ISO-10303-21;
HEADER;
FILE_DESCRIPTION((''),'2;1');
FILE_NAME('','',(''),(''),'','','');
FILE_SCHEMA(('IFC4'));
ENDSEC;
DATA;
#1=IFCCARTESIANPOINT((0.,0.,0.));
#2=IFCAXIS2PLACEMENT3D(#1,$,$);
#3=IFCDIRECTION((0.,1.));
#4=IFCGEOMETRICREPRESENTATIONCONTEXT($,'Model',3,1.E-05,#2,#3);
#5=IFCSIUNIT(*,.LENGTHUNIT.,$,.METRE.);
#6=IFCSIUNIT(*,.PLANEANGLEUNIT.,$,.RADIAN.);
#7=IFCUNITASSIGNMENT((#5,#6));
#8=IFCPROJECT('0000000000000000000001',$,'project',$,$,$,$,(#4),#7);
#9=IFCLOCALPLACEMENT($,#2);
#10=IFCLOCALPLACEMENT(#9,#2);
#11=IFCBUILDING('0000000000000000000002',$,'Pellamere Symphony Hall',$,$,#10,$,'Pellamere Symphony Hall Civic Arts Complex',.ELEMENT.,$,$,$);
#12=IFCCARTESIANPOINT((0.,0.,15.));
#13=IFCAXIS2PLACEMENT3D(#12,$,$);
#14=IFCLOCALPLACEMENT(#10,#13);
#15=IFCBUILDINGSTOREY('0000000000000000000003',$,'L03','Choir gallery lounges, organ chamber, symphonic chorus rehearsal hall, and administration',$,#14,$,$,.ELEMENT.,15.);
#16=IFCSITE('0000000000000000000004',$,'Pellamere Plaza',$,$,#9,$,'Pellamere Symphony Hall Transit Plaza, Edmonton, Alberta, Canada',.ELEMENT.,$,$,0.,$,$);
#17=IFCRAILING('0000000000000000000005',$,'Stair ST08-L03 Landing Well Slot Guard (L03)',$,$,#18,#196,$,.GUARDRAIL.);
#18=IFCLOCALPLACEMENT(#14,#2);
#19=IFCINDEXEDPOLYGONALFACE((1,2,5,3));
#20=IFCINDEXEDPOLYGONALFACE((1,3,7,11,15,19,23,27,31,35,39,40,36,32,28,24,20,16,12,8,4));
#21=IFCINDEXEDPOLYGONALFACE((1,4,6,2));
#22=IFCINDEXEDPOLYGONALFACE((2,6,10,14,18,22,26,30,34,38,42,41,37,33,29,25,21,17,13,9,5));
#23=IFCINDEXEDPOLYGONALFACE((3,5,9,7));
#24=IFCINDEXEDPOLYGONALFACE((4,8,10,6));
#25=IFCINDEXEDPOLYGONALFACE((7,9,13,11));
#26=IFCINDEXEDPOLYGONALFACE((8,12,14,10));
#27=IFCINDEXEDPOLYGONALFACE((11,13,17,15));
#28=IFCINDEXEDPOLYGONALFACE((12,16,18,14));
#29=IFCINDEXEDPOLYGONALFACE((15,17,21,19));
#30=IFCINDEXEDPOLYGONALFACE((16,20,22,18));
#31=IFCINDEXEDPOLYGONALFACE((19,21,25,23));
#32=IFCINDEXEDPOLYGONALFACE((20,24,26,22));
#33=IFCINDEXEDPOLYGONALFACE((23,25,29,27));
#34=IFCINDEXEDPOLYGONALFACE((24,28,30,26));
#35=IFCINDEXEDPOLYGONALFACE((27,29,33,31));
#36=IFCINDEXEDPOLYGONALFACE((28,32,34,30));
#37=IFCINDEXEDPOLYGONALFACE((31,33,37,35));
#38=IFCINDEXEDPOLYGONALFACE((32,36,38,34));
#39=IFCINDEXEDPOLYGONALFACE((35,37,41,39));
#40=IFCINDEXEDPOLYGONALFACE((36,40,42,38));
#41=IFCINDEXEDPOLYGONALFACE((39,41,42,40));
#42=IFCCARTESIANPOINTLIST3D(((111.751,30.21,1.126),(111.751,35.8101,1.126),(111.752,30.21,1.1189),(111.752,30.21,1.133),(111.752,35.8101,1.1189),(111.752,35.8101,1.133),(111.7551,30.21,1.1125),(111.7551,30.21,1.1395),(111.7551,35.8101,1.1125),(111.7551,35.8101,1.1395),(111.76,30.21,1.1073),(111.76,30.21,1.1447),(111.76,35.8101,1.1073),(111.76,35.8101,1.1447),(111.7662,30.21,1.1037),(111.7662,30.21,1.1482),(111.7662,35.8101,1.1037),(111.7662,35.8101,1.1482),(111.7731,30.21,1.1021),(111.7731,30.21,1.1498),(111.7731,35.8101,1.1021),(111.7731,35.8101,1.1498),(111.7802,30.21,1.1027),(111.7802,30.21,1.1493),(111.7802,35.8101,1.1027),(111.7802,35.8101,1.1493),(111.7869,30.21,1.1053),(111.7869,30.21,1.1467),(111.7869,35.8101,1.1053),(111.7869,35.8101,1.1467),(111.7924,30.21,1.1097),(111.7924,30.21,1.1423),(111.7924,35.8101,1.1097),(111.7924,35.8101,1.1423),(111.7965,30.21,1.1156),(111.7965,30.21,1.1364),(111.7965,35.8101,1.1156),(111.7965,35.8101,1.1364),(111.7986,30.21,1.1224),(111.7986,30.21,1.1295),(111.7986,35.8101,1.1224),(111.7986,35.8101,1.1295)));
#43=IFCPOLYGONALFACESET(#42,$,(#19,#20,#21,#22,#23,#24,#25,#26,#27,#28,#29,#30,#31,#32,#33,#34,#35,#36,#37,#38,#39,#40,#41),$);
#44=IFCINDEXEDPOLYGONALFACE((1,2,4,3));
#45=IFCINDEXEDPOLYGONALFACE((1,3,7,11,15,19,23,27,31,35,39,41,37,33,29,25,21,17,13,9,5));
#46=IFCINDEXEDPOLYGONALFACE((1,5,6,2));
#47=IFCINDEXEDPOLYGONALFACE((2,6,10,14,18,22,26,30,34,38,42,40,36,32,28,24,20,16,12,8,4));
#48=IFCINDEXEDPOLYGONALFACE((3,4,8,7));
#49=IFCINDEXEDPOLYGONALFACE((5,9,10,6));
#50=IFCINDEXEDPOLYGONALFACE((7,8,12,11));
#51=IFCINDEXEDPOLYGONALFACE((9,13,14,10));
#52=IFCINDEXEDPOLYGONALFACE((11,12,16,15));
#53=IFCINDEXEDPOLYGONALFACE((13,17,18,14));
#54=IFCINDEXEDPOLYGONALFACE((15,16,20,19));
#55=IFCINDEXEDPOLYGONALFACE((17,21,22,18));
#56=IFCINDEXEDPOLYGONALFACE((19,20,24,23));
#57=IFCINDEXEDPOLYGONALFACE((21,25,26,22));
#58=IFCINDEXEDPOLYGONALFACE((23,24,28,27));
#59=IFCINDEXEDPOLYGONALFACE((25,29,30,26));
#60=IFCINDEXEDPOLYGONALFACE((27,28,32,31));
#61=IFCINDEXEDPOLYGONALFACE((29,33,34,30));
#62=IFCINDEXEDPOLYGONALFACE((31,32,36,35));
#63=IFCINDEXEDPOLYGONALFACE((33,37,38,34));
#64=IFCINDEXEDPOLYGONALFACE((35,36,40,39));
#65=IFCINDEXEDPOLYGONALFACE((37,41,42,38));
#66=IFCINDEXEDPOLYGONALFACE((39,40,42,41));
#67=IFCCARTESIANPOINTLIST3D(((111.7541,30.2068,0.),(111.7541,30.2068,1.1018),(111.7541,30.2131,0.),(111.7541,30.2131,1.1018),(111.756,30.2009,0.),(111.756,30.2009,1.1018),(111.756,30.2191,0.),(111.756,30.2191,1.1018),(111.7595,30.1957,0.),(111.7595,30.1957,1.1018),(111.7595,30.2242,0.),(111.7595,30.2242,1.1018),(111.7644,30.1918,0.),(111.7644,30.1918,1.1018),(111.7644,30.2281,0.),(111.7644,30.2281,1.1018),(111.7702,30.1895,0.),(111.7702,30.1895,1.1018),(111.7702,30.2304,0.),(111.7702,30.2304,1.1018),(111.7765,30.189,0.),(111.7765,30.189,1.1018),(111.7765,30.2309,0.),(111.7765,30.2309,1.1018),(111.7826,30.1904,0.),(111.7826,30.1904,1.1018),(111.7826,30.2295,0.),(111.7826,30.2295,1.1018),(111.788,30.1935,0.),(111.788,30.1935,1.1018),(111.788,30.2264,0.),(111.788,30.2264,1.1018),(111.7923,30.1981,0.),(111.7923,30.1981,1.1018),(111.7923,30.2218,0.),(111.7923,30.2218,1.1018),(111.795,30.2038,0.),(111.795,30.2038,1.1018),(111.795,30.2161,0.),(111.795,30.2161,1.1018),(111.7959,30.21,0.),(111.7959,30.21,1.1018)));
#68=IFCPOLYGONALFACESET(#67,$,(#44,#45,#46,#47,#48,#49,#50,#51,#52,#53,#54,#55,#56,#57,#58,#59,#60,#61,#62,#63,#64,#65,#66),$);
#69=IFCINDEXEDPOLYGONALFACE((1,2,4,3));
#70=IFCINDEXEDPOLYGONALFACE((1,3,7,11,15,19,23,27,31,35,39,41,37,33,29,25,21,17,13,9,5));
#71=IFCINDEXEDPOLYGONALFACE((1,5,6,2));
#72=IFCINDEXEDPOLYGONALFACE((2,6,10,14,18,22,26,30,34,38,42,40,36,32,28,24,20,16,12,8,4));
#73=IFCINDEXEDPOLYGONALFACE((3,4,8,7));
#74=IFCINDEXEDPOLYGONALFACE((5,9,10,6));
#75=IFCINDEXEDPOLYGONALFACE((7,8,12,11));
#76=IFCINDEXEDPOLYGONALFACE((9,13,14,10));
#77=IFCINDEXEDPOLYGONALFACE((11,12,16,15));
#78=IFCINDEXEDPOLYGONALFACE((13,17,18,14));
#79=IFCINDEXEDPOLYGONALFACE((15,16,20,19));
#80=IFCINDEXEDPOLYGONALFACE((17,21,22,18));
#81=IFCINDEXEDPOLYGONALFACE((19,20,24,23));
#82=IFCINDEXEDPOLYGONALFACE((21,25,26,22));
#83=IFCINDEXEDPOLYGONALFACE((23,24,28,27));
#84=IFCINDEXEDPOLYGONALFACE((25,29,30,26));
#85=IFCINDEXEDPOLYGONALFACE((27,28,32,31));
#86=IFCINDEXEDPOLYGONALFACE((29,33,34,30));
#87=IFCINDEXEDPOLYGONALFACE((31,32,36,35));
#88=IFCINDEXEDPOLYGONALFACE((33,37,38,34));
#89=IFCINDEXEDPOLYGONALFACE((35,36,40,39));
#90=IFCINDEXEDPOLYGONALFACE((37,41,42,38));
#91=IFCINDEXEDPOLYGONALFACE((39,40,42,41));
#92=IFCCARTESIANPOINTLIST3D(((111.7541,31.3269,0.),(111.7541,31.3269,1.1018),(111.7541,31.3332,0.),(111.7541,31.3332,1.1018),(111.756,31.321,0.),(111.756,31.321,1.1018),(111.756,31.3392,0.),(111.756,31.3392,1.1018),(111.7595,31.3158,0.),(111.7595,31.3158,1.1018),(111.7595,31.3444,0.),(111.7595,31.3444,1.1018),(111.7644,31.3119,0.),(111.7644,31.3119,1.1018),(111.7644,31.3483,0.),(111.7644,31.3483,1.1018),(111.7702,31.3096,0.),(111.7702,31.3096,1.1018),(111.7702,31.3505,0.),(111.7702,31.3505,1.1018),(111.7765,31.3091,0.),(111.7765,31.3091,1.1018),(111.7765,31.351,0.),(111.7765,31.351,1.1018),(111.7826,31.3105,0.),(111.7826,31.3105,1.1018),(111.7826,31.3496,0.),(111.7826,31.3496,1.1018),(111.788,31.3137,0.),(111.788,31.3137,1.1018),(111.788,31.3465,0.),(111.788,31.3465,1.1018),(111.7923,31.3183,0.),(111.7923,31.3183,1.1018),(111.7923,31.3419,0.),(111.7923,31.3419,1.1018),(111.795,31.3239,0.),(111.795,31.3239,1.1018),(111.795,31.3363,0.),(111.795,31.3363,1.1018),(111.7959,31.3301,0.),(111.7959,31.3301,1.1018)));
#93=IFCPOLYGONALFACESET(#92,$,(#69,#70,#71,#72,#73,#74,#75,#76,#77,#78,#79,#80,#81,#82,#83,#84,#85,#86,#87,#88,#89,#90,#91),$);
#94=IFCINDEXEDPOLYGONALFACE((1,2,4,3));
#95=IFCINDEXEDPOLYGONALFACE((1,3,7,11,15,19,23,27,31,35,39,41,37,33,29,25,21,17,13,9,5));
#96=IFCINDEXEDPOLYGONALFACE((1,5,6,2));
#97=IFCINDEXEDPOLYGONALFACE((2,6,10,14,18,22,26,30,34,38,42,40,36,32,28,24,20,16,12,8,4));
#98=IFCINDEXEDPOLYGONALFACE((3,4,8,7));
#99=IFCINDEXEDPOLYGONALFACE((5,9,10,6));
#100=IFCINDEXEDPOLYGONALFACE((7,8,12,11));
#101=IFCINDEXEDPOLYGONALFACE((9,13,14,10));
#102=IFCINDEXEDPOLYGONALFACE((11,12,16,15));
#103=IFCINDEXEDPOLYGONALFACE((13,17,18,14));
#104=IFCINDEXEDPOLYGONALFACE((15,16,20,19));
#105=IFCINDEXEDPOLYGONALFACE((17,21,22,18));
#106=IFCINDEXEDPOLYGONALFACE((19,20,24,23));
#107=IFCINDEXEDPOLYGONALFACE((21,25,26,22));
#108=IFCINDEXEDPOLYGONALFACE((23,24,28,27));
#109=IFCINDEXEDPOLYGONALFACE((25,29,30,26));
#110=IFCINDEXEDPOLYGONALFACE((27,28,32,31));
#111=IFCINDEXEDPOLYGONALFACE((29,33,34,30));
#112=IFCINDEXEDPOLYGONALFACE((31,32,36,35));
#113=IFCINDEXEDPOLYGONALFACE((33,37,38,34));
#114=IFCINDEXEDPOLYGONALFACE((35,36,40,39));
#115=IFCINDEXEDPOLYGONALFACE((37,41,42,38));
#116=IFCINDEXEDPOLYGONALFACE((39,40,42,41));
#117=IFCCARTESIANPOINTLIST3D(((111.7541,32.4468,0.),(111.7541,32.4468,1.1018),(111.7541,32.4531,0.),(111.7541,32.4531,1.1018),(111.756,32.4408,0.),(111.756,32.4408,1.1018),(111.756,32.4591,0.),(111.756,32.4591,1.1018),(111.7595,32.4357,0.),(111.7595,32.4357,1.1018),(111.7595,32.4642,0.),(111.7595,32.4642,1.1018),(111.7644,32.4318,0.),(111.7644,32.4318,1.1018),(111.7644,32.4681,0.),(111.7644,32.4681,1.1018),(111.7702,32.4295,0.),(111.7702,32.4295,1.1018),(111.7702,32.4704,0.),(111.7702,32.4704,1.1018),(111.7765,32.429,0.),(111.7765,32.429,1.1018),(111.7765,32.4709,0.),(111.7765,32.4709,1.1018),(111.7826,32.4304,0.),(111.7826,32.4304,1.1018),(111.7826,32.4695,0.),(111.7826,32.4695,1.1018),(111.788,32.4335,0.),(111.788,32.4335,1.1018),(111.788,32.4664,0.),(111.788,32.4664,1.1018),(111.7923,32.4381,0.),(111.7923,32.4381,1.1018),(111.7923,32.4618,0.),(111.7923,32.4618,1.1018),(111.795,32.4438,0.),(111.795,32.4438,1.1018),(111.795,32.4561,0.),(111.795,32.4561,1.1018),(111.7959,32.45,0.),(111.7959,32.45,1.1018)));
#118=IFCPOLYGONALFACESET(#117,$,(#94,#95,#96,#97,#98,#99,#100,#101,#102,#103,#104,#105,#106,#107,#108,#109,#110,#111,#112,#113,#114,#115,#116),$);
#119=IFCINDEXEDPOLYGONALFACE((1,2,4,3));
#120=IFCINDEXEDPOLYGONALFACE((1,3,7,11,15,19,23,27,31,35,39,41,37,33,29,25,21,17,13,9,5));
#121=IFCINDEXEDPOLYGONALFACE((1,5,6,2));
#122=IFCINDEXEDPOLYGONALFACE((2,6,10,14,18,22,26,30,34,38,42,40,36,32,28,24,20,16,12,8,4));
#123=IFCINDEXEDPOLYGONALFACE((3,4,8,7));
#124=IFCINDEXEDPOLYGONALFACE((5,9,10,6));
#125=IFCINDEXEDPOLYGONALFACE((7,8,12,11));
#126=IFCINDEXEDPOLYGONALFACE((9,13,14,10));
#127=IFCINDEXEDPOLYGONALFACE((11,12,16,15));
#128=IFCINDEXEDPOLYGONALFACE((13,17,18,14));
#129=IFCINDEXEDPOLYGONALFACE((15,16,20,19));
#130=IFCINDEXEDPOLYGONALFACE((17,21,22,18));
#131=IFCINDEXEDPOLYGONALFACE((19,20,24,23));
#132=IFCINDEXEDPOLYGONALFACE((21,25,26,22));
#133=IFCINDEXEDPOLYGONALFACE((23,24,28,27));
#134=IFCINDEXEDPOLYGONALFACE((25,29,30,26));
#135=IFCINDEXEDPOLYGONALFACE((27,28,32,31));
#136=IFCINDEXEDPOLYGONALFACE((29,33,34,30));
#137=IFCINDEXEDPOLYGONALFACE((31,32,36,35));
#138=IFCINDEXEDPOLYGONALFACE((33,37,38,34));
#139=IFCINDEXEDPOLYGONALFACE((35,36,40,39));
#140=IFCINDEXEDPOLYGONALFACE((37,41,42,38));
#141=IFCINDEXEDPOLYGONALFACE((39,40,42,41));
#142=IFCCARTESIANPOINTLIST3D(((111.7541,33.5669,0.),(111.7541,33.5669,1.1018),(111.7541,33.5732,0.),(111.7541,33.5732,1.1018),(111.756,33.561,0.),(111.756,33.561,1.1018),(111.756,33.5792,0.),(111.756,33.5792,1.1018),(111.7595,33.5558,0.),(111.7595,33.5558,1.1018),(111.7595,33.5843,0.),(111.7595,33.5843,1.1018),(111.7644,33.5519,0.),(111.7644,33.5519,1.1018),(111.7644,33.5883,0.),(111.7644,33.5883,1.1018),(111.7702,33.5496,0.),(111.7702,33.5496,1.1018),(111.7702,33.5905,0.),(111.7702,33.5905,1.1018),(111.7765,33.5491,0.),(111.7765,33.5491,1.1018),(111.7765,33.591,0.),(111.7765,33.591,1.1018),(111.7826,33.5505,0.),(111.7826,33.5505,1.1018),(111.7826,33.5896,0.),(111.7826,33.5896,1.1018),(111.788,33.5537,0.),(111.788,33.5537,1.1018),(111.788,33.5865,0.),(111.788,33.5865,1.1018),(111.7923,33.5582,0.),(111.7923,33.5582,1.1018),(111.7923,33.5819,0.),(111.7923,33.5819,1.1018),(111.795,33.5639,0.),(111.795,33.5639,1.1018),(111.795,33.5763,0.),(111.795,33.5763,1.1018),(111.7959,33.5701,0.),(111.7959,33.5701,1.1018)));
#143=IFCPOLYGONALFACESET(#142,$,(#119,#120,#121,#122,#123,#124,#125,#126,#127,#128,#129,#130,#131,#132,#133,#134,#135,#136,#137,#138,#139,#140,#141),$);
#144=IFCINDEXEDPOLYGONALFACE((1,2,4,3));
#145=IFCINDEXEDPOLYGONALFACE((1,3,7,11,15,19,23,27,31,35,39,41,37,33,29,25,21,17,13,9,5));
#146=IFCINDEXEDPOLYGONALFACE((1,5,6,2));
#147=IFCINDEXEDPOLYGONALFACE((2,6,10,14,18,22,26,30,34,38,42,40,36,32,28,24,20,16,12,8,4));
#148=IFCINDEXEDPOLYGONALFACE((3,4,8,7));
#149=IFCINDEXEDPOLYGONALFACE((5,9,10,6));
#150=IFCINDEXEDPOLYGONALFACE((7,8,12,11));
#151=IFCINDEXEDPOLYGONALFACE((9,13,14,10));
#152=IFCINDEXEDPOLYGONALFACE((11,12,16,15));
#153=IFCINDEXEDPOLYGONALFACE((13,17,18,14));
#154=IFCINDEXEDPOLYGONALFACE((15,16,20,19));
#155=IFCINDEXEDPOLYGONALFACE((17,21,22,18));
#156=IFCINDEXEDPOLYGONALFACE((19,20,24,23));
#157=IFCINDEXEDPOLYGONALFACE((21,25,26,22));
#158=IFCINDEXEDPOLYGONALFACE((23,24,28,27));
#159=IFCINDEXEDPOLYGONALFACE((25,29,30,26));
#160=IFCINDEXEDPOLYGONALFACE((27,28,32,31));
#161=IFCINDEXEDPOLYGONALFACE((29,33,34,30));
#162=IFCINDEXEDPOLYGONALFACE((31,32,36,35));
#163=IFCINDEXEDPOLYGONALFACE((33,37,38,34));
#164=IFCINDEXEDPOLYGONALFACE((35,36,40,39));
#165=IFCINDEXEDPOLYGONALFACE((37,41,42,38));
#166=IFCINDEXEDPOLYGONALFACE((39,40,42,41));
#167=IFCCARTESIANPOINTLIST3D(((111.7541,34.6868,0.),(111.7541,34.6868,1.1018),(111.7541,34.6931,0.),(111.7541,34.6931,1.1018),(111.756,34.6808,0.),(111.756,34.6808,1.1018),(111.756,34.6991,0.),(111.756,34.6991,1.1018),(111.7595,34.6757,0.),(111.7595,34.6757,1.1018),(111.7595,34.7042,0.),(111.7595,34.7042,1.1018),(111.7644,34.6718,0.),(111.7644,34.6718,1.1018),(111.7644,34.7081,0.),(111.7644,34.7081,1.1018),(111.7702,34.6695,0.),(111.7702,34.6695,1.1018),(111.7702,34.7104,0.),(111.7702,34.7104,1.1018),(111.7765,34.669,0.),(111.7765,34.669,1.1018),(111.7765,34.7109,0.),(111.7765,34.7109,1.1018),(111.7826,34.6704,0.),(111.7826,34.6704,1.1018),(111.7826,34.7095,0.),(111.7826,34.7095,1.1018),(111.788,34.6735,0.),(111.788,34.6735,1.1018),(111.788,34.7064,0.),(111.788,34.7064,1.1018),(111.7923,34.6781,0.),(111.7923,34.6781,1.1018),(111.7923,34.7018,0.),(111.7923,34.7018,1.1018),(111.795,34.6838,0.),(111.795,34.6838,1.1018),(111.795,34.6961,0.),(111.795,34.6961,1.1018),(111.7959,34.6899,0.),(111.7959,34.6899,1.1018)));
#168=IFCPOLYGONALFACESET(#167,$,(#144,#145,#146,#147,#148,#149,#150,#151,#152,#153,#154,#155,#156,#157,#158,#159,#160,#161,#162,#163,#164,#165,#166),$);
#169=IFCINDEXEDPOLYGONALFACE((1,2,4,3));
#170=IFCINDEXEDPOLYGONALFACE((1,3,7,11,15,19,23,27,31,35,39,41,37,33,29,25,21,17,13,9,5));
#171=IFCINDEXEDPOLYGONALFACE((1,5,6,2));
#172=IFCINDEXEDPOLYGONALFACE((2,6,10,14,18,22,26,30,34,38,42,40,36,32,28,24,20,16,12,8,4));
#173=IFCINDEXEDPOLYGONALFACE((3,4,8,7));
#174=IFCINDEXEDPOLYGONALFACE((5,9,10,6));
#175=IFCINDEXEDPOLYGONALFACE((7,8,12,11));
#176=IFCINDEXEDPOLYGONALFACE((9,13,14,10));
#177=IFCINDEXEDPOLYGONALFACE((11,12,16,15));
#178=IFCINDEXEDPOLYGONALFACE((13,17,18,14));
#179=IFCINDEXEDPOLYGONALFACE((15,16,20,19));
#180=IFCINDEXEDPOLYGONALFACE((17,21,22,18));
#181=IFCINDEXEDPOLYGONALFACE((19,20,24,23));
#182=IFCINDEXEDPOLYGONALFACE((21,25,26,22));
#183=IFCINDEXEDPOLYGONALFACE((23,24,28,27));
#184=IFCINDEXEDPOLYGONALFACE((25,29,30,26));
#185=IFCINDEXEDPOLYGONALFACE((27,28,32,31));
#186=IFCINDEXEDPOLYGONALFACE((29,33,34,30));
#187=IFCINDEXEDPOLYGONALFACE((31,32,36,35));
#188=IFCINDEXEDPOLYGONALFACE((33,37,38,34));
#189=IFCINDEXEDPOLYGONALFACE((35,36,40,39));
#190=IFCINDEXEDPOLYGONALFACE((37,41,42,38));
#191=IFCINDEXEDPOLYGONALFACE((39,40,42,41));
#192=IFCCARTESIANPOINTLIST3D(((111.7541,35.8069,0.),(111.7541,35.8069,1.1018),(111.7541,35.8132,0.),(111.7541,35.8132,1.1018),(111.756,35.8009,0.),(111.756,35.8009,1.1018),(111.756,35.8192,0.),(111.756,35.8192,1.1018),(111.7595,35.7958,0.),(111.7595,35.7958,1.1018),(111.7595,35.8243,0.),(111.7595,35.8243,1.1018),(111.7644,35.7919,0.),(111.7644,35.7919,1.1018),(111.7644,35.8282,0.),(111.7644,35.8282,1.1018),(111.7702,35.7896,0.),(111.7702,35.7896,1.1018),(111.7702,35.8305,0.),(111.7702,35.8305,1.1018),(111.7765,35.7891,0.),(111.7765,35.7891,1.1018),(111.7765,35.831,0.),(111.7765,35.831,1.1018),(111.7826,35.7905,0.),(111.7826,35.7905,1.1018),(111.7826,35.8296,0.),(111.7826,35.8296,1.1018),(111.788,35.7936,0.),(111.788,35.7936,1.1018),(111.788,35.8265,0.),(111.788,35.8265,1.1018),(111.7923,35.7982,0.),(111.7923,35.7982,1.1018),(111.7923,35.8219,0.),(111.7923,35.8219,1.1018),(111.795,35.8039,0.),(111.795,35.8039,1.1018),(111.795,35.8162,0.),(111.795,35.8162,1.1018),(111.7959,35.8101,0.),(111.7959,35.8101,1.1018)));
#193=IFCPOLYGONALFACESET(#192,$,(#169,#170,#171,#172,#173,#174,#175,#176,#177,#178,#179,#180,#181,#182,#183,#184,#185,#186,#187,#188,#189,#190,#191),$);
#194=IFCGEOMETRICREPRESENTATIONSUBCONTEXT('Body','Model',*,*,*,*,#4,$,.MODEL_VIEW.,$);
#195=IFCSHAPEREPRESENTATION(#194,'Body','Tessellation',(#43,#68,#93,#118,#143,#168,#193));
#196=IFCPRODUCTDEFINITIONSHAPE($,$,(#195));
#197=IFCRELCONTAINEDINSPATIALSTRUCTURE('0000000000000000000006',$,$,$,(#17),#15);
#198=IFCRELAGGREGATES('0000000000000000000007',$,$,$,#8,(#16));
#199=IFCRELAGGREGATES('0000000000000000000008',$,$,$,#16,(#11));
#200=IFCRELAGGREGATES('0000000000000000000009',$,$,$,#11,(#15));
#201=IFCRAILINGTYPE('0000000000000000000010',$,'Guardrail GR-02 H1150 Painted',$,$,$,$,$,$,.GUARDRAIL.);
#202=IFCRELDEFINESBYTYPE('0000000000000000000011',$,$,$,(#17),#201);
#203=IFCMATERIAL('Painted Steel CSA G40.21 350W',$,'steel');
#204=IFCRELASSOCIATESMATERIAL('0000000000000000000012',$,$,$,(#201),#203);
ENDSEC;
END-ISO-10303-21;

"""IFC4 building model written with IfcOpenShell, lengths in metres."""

from ifc_helpers import new_model, si_unit, direction, frame, origin, origin_2d, place, context, subcontext, project, spatial, circle, extrude, material, type_object, element, save


model = new_model("IFC4")

# Units and contexts
model_context = context("Model", 3, precision=1e-05, world=origin(), true_north=direction((0.0, 1.0)))
body_context = subcontext(model_context, "Body", "Model", "MODEL_VIEW")
ifc_project = project(units=[si_unit("LENGTHUNIT", "METRE"), si_unit("PLANEANGLEUNIT", "RADIAN")], contexts=[model_context])

# Site, building, storey
site_placement = place(None, origin())
site = spatial("IfcSite", under=ifc_project, at=site_placement, Name="Pellamere Plaza", LongName="Pellamere Symphony Hall Transit Plaza, Edmonton, Alberta, Canada", CompositionType="ELEMENT", RefElevation=0.0)
building_placement = place(site_placement, origin())
building = spatial("IfcBuilding", under=site, at=building_placement, Name="Pellamere Symphony Hall", LongName="Pellamere Symphony Hall Civic Arts Complex", CompositionType="ELEMENT")
storey_placement = place(building_placement, frame((0.0, 0.0, 15.0)))
storey = spatial("IfcBuildingStorey", under=building, at=storey_placement, Name="L03", Description="Choir gallery lounges, organ chamber, symphonic chorus rehearsal hall, and administration", CompositionType="ELEMENT", Elevation=15.0)

# Railing
ifc_material_1 = material(Name="Painted Steel CSA G40.21 350W", Category="steel")
railing_type_1 = type_object("IfcRailingType", Name="Guardrail GR-02 H1150 Painted", PredefinedType="GUARDRAIL", material=ifc_material_1)
railing_1_placement = place(storey_placement, frame((111.7749, 30.21, 0.0)))
element("IfcRailing", 1, at=railing_1_placement, inside=storey, type_object=railing_type_1, Name="Stair ST08-L03 Landing Well Slot Guard (L03)", PredefinedType="GUARDRAIL", context=body_context, shape_type="SweptSolid", body=[
    extrude(circle(Radius=0.0239, at=origin_2d()), frame((0.0, 0.0, 1.126), z_axis=(0.0, 1.0, 0.0), x_axis=(-1.0, 0.0, 0.0)), (0.0, 0.0, 1.0), 5.6001),
    extrude(circle(Radius=0.021, at=origin_2d()), origin(), (0.0, 0.0, 1.0), 1.1018),
    extrude(circle(Radius=0.021, at=origin_2d()), frame((0.0, 1.1201, 0.0)), (0.0, 0.0, 1.0), 1.1018),
    extrude(circle(Radius=0.021, at=origin_2d()), frame((0.0, 2.24, 0.0)), (0.0, 0.0, 1.0), 1.1018),
    extrude(circle(Radius=0.021, at=origin_2d()), frame((0.0, 3.3601, 0.0)), (0.0, 0.0, 1.0), 1.1018),
    extrude(circle(Radius=0.021, at=origin_2d()), frame((0.0, 4.48, 0.0)), (0.0, 0.0, 1.0), 1.1018),
    extrude(circle(Radius=0.021, at=origin_2d()), frame((0.0, 5.6001, 0.0)), (0.0, 0.0, 1.0), 1.1018),
])

save(model, "model.ifc")
